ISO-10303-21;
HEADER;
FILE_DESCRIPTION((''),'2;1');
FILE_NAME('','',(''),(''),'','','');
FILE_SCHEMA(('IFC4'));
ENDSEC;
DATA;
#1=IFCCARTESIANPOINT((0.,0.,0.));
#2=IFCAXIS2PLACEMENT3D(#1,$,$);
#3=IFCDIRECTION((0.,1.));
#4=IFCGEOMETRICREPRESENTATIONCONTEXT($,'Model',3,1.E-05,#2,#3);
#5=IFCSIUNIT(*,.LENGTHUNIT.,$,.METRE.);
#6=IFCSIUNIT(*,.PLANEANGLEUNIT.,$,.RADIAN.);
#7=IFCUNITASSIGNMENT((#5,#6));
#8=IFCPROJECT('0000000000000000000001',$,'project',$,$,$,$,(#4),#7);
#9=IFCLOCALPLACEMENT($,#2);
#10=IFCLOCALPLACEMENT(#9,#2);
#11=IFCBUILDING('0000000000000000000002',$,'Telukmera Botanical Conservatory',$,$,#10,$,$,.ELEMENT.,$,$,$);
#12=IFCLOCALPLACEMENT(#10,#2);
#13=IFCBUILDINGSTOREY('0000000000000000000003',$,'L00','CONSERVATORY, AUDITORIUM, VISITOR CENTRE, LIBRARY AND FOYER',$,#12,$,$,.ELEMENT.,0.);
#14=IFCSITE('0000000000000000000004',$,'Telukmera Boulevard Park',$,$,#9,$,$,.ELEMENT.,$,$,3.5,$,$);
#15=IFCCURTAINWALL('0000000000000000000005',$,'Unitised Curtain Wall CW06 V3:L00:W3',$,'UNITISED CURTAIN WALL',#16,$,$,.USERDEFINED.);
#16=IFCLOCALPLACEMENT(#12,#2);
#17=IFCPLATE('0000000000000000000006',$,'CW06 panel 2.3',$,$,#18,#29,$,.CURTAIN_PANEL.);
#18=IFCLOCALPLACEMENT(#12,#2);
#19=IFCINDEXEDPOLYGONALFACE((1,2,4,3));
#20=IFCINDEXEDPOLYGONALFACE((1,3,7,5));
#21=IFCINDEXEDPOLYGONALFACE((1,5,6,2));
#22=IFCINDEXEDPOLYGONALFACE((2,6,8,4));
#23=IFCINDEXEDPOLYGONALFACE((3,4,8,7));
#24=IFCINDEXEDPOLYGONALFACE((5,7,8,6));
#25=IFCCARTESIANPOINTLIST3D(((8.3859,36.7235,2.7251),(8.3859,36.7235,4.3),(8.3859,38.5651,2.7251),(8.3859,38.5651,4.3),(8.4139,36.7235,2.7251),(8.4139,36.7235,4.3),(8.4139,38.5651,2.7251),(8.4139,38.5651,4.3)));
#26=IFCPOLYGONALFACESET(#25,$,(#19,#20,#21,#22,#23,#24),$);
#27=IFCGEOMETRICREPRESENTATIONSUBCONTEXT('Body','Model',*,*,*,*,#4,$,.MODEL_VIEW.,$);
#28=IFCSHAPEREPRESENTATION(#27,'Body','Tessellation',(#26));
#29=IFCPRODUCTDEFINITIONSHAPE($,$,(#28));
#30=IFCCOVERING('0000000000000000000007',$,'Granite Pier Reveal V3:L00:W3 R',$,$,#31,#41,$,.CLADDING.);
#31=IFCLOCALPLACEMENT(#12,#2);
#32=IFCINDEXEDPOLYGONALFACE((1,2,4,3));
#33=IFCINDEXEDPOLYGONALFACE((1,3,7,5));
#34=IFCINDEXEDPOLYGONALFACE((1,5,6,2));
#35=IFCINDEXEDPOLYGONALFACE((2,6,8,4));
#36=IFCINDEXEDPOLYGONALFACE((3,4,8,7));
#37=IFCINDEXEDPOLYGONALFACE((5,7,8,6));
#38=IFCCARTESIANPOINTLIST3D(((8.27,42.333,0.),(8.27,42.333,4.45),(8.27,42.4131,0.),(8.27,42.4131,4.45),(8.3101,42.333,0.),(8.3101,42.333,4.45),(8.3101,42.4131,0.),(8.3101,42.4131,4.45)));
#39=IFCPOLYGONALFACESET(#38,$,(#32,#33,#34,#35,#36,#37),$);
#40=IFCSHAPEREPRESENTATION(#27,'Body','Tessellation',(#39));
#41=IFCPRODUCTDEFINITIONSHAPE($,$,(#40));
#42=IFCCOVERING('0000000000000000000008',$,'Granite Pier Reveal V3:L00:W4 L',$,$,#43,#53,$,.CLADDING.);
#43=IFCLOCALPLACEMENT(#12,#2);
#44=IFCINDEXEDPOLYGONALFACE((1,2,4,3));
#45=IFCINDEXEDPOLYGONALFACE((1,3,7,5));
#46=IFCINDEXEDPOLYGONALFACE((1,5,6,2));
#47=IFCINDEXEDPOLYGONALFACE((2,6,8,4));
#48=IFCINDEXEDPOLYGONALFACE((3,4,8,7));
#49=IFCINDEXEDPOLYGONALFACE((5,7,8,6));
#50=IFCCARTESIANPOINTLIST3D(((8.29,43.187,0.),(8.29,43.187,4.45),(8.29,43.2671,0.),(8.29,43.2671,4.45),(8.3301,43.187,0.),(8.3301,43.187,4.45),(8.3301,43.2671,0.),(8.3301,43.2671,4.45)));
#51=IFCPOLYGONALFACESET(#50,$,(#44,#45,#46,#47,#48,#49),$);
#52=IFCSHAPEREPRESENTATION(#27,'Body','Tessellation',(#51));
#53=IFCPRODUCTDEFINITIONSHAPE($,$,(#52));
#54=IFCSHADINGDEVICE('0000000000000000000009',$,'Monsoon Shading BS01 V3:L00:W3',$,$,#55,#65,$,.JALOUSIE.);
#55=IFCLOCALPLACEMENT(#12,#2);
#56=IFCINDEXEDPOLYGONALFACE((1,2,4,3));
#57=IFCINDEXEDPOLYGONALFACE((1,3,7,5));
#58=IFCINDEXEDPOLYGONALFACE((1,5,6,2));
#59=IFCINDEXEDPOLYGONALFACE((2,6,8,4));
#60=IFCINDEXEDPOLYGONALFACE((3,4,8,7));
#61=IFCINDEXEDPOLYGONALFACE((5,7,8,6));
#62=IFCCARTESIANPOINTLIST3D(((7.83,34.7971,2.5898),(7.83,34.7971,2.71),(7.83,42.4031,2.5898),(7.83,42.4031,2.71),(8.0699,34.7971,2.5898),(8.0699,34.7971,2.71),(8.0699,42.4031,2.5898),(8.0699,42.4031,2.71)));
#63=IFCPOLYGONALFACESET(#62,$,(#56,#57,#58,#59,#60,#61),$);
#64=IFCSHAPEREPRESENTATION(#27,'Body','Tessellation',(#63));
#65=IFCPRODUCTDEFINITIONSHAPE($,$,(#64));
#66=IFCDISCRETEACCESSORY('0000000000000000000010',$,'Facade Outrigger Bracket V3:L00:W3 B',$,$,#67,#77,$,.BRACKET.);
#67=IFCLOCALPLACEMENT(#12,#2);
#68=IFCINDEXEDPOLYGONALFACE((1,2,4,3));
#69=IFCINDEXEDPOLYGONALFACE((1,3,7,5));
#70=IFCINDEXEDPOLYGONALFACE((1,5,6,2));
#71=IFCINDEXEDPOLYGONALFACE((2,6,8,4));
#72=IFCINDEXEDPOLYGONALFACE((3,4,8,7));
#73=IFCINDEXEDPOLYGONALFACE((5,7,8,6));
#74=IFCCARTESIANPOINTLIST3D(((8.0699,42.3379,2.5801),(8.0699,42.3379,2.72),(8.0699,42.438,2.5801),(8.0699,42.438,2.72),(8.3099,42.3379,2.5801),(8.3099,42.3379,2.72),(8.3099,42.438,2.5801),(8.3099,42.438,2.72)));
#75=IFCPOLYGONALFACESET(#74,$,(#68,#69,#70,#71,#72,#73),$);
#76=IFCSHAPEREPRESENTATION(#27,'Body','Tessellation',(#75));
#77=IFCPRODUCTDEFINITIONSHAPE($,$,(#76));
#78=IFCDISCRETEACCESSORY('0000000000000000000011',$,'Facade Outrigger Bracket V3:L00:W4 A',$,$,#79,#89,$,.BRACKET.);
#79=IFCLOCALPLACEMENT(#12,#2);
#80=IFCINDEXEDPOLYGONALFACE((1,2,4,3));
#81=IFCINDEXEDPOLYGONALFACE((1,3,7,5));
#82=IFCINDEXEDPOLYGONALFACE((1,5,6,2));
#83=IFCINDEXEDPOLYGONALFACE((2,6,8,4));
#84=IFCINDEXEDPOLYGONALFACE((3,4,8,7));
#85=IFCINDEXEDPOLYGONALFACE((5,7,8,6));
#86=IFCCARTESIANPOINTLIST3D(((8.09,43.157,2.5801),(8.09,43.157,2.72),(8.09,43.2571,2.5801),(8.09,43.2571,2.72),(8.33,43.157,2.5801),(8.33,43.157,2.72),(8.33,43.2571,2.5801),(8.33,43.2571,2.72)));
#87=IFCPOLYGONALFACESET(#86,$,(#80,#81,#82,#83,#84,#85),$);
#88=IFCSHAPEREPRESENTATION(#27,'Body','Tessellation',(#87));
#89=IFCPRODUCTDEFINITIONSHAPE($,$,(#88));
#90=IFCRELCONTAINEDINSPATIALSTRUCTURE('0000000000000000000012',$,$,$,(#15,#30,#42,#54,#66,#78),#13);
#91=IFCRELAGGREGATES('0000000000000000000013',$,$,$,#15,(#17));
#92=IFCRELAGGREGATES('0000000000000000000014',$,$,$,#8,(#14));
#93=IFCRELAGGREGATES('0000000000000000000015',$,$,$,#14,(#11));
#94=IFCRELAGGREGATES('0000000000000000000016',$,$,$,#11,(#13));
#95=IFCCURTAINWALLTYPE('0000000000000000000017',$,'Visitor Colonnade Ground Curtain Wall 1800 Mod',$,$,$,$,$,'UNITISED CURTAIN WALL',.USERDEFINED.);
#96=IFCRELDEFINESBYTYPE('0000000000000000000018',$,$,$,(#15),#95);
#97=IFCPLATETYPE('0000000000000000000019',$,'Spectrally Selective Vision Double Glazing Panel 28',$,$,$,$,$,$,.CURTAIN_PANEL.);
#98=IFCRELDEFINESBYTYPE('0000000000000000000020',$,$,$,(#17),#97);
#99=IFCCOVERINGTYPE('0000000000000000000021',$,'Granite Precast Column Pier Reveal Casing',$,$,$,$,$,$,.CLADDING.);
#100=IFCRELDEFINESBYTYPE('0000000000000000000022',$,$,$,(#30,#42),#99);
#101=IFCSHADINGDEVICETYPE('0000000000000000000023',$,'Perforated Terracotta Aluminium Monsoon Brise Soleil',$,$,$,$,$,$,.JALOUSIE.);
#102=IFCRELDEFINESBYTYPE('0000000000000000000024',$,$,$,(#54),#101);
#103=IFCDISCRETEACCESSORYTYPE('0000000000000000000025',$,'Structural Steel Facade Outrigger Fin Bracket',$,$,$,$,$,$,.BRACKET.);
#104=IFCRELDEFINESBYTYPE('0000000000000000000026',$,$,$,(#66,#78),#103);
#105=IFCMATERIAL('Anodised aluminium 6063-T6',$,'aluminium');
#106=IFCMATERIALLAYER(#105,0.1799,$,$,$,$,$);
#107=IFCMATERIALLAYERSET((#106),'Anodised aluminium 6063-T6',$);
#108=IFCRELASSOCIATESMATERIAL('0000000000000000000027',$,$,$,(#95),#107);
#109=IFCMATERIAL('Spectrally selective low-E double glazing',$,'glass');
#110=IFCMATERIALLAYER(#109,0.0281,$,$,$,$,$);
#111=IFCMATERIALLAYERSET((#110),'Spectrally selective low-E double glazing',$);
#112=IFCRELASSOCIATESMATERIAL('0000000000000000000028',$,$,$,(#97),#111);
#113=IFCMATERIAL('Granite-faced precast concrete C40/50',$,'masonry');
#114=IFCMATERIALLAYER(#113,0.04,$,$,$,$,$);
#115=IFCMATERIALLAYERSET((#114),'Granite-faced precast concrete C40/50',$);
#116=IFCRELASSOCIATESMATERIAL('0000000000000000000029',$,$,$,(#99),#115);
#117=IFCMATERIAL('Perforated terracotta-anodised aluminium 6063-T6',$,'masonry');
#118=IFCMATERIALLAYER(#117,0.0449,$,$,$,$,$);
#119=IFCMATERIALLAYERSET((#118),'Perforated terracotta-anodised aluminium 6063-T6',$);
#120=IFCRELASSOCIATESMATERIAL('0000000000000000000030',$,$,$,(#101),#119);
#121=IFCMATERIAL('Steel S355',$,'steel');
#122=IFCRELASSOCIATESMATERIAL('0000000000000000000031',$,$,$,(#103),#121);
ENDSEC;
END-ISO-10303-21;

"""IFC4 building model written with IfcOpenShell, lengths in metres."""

from ifc_helpers import new_model, si_unit, direction, frame, origin, origin_2d, place, context, subcontext, project, spatial, rectangle, extrude, material, layer, layer_set, type_object, element, aggregate, save


model = new_model("IFC4")

# Units and contexts
model_context = context("Model", 3, precision=1e-05, world=origin(), true_north=direction((0.0, 1.0)))
body_context = subcontext(model_context, "Body", "Model", "MODEL_VIEW")
ifc_project = project(units=[si_unit("LENGTHUNIT", "METRE"), si_unit("PLANEANGLEUNIT", "RADIAN")], contexts=[model_context])

# Site, building, storey
site_placement = place(None, origin())
site = spatial("IfcSite", under=ifc_project, at=site_placement, Name="Telukmera Boulevard Park", CompositionType="ELEMENT", RefElevation=3.5)
building_placement = place(site_placement, origin())
building = spatial("IfcBuilding", under=site, at=building_placement, Name="Telukmera Botanical Conservatory", CompositionType="ELEMENT")
storey_placement = place(building_placement, origin())
storey = spatial("IfcBuildingStorey", under=building, at=storey_placement, Name="L00", Description="CONSERVATORY, AUDITORIUM, VISITOR CENTRE, LIBRARY AND FOYER", CompositionType="ELEMENT", Elevation=0.0)

# Curtain wall, plate
ifc_material_1 = material(Name="Anodised aluminium 6063-T6", Category="aluminium")
ifc_layer_1 = layer(ifc_material_1, 0.1799)
ifc_layer_set_1 = layer_set([ifc_layer_1], Name="Anodised aluminium 6063-T6")
curtain_wall_type = type_object("IfcCurtainWallType", Name="Visitor Colonnade Ground Curtain Wall 1800 Mod", ElementType="UNITISED CURTAIN WALL", PredefinedType="USERDEFINED", material=ifc_layer_set_1)
curtain_wall_placement = place(storey_placement, origin())
curtain_wall = element("IfcCurtainWall", 1, at=curtain_wall_placement, inside=storey, type_object=curtain_wall_type, Name="Unitised Curtain Wall CW06 V3:L00:W3", ObjectType="UNITISED CURTAIN WALL", PredefinedType="USERDEFINED")
ifc_material_2 = material(Name="Spectrally selective low-E double glazing", Category="glass")
ifc_layer_2 = layer(ifc_material_2, 0.0281)
ifc_layer_set_2 = layer_set([ifc_layer_2], Name="Spectrally selective low-E double glazing")
plate_type = type_object("IfcPlateType", Name="Spectrally Selective Vision Double Glazing Panel 28", PredefinedType="CURTAIN_PANEL", material=ifc_layer_set_2)
plate_1_placement = place(storey_placement, frame((8.3999, 37.6443, 2.7251), z_axis=(0.0, 0.0, 1.0), x_axis=(0.0, 1.0, 0.0)))
plate_1 = element("IfcPlate", 2, at=plate_1_placement, type_object=plate_type, Name="CW06 panel 2.3", PredefinedType="CURTAIN_PANEL", context=body_context, shape_type="SweptSolid", body=[
    extrude(rectangle(XDim=1.8416, YDim=0.0281, at=origin_2d()), origin(), (0.0, 0.0, 1.0), 1.575),
])
aggregate(curtain_wall, [plate_1])

# Coverings
ifc_material_3 = material(Name="Granite-faced precast concrete C40/50", Category="masonry")
ifc_layer_3 = layer(ifc_material_3, 0.04)
ifc_layer_set_3 = layer_set([ifc_layer_3], Name="Granite-faced precast concrete C40/50")
covering_type = type_object("IfcCoveringType", Name="Granite Precast Column Pier Reveal Casing", PredefinedType="CLADDING", material=ifc_layer_set_3)
for number, where, z_axis, x_axis, name in (
    (3, (8.29, 42.373, 0.0), (0.0, 0.0, 1.0), (0.0, 1.0, 0.0), "Granite Pier Reveal V3:L00:W3 R"),
    (4, (8.3101, 43.2271, 0.0), (0.0, 0.0, 1.0), (0.0, 1.0, 0.0), "Granite Pier Reveal V3:L00:W4 L"),
):
    element("IfcCovering", number, at=place(storey_placement, frame(where, z_axis=z_axis, x_axis=x_axis)), inside=storey, type_object=covering_type, Name=name, PredefinedType="CLADDING", context=body_context, shape_type="SweptSolid", body=[
        extrude(rectangle(XDim=0.0801, YDim=0.04, at=origin_2d()), origin(), (0.0, 0.0, 1.0), 4.45),
    ])

# Shading device
ifc_material_4 = material(Name="Perforated terracotta-anodised aluminium 6063-T6", Category="masonry")
ifc_layer_4 = layer(ifc_material_4, 0.0449)
ifc_layer_set_4 = layer_set([ifc_layer_4], Name="Perforated terracotta-anodised aluminium 6063-T6")
shading_device_type = type_object("IfcShadingDeviceType", Name="Perforated Terracotta Aluminium Monsoon Brise Soleil", PredefinedType="JALOUSIE", material=ifc_layer_set_4)
shading_device_placement = place(storey_placement, frame((7.95, 38.6001, 2.5898), z_axis=(0.0, 0.0, 1.0), x_axis=(0.0, 1.0, 0.0)))
element("IfcShadingDevice", 5, at=shading_device_placement, inside=storey, type_object=shading_device_type, Name="Monsoon Shading BS01 V3:L00:W3", PredefinedType="JALOUSIE", context=body_context, shape_type="SweptSolid", body=[
    extrude(rectangle(XDim=7.606, YDim=0.24, at=origin_2d()), origin(), (0.0, 0.0, 1.0), 0.1201),
])

# Discrete accessories
ifc_material_5 = material(Name="Steel S355", Category="steel")
discrete_accessory_type = type_object("IfcDiscreteAccessoryType", Name="Structural Steel Facade Outrigger Fin Bracket", PredefinedType="BRACKET", material=ifc_material_5)
for number, where, z_axis, x_axis, name in (
    (6, (8.1899, 42.3879, 2.5801), (0.0, 0.0, 1.0), (0.0, 1.0, 0.0), "Facade Outrigger Bracket V3:L00:W3 B"),
    (7, (8.21, 43.207, 2.5801), (0.0, 0.0, 1.0), (0.0, 1.0, 0.0), "Facade Outrigger Bracket V3:L00:W4 A"),
):
    element("IfcDiscreteAccessory", number, at=place(storey_placement, frame(where, z_axis=z_axis, x_axis=x_axis)), inside=storey, type_object=discrete_accessory_type, Name=name, PredefinedType="BRACKET", context=body_context, shape_type="SweptSolid", body=[
        extrude(rectangle(XDim=0.1001, YDim=0.24, at=origin_2d()), origin(), (0.0, 0.0, 1.0), 0.1399),
    ])

save(model, "model.ifc")
